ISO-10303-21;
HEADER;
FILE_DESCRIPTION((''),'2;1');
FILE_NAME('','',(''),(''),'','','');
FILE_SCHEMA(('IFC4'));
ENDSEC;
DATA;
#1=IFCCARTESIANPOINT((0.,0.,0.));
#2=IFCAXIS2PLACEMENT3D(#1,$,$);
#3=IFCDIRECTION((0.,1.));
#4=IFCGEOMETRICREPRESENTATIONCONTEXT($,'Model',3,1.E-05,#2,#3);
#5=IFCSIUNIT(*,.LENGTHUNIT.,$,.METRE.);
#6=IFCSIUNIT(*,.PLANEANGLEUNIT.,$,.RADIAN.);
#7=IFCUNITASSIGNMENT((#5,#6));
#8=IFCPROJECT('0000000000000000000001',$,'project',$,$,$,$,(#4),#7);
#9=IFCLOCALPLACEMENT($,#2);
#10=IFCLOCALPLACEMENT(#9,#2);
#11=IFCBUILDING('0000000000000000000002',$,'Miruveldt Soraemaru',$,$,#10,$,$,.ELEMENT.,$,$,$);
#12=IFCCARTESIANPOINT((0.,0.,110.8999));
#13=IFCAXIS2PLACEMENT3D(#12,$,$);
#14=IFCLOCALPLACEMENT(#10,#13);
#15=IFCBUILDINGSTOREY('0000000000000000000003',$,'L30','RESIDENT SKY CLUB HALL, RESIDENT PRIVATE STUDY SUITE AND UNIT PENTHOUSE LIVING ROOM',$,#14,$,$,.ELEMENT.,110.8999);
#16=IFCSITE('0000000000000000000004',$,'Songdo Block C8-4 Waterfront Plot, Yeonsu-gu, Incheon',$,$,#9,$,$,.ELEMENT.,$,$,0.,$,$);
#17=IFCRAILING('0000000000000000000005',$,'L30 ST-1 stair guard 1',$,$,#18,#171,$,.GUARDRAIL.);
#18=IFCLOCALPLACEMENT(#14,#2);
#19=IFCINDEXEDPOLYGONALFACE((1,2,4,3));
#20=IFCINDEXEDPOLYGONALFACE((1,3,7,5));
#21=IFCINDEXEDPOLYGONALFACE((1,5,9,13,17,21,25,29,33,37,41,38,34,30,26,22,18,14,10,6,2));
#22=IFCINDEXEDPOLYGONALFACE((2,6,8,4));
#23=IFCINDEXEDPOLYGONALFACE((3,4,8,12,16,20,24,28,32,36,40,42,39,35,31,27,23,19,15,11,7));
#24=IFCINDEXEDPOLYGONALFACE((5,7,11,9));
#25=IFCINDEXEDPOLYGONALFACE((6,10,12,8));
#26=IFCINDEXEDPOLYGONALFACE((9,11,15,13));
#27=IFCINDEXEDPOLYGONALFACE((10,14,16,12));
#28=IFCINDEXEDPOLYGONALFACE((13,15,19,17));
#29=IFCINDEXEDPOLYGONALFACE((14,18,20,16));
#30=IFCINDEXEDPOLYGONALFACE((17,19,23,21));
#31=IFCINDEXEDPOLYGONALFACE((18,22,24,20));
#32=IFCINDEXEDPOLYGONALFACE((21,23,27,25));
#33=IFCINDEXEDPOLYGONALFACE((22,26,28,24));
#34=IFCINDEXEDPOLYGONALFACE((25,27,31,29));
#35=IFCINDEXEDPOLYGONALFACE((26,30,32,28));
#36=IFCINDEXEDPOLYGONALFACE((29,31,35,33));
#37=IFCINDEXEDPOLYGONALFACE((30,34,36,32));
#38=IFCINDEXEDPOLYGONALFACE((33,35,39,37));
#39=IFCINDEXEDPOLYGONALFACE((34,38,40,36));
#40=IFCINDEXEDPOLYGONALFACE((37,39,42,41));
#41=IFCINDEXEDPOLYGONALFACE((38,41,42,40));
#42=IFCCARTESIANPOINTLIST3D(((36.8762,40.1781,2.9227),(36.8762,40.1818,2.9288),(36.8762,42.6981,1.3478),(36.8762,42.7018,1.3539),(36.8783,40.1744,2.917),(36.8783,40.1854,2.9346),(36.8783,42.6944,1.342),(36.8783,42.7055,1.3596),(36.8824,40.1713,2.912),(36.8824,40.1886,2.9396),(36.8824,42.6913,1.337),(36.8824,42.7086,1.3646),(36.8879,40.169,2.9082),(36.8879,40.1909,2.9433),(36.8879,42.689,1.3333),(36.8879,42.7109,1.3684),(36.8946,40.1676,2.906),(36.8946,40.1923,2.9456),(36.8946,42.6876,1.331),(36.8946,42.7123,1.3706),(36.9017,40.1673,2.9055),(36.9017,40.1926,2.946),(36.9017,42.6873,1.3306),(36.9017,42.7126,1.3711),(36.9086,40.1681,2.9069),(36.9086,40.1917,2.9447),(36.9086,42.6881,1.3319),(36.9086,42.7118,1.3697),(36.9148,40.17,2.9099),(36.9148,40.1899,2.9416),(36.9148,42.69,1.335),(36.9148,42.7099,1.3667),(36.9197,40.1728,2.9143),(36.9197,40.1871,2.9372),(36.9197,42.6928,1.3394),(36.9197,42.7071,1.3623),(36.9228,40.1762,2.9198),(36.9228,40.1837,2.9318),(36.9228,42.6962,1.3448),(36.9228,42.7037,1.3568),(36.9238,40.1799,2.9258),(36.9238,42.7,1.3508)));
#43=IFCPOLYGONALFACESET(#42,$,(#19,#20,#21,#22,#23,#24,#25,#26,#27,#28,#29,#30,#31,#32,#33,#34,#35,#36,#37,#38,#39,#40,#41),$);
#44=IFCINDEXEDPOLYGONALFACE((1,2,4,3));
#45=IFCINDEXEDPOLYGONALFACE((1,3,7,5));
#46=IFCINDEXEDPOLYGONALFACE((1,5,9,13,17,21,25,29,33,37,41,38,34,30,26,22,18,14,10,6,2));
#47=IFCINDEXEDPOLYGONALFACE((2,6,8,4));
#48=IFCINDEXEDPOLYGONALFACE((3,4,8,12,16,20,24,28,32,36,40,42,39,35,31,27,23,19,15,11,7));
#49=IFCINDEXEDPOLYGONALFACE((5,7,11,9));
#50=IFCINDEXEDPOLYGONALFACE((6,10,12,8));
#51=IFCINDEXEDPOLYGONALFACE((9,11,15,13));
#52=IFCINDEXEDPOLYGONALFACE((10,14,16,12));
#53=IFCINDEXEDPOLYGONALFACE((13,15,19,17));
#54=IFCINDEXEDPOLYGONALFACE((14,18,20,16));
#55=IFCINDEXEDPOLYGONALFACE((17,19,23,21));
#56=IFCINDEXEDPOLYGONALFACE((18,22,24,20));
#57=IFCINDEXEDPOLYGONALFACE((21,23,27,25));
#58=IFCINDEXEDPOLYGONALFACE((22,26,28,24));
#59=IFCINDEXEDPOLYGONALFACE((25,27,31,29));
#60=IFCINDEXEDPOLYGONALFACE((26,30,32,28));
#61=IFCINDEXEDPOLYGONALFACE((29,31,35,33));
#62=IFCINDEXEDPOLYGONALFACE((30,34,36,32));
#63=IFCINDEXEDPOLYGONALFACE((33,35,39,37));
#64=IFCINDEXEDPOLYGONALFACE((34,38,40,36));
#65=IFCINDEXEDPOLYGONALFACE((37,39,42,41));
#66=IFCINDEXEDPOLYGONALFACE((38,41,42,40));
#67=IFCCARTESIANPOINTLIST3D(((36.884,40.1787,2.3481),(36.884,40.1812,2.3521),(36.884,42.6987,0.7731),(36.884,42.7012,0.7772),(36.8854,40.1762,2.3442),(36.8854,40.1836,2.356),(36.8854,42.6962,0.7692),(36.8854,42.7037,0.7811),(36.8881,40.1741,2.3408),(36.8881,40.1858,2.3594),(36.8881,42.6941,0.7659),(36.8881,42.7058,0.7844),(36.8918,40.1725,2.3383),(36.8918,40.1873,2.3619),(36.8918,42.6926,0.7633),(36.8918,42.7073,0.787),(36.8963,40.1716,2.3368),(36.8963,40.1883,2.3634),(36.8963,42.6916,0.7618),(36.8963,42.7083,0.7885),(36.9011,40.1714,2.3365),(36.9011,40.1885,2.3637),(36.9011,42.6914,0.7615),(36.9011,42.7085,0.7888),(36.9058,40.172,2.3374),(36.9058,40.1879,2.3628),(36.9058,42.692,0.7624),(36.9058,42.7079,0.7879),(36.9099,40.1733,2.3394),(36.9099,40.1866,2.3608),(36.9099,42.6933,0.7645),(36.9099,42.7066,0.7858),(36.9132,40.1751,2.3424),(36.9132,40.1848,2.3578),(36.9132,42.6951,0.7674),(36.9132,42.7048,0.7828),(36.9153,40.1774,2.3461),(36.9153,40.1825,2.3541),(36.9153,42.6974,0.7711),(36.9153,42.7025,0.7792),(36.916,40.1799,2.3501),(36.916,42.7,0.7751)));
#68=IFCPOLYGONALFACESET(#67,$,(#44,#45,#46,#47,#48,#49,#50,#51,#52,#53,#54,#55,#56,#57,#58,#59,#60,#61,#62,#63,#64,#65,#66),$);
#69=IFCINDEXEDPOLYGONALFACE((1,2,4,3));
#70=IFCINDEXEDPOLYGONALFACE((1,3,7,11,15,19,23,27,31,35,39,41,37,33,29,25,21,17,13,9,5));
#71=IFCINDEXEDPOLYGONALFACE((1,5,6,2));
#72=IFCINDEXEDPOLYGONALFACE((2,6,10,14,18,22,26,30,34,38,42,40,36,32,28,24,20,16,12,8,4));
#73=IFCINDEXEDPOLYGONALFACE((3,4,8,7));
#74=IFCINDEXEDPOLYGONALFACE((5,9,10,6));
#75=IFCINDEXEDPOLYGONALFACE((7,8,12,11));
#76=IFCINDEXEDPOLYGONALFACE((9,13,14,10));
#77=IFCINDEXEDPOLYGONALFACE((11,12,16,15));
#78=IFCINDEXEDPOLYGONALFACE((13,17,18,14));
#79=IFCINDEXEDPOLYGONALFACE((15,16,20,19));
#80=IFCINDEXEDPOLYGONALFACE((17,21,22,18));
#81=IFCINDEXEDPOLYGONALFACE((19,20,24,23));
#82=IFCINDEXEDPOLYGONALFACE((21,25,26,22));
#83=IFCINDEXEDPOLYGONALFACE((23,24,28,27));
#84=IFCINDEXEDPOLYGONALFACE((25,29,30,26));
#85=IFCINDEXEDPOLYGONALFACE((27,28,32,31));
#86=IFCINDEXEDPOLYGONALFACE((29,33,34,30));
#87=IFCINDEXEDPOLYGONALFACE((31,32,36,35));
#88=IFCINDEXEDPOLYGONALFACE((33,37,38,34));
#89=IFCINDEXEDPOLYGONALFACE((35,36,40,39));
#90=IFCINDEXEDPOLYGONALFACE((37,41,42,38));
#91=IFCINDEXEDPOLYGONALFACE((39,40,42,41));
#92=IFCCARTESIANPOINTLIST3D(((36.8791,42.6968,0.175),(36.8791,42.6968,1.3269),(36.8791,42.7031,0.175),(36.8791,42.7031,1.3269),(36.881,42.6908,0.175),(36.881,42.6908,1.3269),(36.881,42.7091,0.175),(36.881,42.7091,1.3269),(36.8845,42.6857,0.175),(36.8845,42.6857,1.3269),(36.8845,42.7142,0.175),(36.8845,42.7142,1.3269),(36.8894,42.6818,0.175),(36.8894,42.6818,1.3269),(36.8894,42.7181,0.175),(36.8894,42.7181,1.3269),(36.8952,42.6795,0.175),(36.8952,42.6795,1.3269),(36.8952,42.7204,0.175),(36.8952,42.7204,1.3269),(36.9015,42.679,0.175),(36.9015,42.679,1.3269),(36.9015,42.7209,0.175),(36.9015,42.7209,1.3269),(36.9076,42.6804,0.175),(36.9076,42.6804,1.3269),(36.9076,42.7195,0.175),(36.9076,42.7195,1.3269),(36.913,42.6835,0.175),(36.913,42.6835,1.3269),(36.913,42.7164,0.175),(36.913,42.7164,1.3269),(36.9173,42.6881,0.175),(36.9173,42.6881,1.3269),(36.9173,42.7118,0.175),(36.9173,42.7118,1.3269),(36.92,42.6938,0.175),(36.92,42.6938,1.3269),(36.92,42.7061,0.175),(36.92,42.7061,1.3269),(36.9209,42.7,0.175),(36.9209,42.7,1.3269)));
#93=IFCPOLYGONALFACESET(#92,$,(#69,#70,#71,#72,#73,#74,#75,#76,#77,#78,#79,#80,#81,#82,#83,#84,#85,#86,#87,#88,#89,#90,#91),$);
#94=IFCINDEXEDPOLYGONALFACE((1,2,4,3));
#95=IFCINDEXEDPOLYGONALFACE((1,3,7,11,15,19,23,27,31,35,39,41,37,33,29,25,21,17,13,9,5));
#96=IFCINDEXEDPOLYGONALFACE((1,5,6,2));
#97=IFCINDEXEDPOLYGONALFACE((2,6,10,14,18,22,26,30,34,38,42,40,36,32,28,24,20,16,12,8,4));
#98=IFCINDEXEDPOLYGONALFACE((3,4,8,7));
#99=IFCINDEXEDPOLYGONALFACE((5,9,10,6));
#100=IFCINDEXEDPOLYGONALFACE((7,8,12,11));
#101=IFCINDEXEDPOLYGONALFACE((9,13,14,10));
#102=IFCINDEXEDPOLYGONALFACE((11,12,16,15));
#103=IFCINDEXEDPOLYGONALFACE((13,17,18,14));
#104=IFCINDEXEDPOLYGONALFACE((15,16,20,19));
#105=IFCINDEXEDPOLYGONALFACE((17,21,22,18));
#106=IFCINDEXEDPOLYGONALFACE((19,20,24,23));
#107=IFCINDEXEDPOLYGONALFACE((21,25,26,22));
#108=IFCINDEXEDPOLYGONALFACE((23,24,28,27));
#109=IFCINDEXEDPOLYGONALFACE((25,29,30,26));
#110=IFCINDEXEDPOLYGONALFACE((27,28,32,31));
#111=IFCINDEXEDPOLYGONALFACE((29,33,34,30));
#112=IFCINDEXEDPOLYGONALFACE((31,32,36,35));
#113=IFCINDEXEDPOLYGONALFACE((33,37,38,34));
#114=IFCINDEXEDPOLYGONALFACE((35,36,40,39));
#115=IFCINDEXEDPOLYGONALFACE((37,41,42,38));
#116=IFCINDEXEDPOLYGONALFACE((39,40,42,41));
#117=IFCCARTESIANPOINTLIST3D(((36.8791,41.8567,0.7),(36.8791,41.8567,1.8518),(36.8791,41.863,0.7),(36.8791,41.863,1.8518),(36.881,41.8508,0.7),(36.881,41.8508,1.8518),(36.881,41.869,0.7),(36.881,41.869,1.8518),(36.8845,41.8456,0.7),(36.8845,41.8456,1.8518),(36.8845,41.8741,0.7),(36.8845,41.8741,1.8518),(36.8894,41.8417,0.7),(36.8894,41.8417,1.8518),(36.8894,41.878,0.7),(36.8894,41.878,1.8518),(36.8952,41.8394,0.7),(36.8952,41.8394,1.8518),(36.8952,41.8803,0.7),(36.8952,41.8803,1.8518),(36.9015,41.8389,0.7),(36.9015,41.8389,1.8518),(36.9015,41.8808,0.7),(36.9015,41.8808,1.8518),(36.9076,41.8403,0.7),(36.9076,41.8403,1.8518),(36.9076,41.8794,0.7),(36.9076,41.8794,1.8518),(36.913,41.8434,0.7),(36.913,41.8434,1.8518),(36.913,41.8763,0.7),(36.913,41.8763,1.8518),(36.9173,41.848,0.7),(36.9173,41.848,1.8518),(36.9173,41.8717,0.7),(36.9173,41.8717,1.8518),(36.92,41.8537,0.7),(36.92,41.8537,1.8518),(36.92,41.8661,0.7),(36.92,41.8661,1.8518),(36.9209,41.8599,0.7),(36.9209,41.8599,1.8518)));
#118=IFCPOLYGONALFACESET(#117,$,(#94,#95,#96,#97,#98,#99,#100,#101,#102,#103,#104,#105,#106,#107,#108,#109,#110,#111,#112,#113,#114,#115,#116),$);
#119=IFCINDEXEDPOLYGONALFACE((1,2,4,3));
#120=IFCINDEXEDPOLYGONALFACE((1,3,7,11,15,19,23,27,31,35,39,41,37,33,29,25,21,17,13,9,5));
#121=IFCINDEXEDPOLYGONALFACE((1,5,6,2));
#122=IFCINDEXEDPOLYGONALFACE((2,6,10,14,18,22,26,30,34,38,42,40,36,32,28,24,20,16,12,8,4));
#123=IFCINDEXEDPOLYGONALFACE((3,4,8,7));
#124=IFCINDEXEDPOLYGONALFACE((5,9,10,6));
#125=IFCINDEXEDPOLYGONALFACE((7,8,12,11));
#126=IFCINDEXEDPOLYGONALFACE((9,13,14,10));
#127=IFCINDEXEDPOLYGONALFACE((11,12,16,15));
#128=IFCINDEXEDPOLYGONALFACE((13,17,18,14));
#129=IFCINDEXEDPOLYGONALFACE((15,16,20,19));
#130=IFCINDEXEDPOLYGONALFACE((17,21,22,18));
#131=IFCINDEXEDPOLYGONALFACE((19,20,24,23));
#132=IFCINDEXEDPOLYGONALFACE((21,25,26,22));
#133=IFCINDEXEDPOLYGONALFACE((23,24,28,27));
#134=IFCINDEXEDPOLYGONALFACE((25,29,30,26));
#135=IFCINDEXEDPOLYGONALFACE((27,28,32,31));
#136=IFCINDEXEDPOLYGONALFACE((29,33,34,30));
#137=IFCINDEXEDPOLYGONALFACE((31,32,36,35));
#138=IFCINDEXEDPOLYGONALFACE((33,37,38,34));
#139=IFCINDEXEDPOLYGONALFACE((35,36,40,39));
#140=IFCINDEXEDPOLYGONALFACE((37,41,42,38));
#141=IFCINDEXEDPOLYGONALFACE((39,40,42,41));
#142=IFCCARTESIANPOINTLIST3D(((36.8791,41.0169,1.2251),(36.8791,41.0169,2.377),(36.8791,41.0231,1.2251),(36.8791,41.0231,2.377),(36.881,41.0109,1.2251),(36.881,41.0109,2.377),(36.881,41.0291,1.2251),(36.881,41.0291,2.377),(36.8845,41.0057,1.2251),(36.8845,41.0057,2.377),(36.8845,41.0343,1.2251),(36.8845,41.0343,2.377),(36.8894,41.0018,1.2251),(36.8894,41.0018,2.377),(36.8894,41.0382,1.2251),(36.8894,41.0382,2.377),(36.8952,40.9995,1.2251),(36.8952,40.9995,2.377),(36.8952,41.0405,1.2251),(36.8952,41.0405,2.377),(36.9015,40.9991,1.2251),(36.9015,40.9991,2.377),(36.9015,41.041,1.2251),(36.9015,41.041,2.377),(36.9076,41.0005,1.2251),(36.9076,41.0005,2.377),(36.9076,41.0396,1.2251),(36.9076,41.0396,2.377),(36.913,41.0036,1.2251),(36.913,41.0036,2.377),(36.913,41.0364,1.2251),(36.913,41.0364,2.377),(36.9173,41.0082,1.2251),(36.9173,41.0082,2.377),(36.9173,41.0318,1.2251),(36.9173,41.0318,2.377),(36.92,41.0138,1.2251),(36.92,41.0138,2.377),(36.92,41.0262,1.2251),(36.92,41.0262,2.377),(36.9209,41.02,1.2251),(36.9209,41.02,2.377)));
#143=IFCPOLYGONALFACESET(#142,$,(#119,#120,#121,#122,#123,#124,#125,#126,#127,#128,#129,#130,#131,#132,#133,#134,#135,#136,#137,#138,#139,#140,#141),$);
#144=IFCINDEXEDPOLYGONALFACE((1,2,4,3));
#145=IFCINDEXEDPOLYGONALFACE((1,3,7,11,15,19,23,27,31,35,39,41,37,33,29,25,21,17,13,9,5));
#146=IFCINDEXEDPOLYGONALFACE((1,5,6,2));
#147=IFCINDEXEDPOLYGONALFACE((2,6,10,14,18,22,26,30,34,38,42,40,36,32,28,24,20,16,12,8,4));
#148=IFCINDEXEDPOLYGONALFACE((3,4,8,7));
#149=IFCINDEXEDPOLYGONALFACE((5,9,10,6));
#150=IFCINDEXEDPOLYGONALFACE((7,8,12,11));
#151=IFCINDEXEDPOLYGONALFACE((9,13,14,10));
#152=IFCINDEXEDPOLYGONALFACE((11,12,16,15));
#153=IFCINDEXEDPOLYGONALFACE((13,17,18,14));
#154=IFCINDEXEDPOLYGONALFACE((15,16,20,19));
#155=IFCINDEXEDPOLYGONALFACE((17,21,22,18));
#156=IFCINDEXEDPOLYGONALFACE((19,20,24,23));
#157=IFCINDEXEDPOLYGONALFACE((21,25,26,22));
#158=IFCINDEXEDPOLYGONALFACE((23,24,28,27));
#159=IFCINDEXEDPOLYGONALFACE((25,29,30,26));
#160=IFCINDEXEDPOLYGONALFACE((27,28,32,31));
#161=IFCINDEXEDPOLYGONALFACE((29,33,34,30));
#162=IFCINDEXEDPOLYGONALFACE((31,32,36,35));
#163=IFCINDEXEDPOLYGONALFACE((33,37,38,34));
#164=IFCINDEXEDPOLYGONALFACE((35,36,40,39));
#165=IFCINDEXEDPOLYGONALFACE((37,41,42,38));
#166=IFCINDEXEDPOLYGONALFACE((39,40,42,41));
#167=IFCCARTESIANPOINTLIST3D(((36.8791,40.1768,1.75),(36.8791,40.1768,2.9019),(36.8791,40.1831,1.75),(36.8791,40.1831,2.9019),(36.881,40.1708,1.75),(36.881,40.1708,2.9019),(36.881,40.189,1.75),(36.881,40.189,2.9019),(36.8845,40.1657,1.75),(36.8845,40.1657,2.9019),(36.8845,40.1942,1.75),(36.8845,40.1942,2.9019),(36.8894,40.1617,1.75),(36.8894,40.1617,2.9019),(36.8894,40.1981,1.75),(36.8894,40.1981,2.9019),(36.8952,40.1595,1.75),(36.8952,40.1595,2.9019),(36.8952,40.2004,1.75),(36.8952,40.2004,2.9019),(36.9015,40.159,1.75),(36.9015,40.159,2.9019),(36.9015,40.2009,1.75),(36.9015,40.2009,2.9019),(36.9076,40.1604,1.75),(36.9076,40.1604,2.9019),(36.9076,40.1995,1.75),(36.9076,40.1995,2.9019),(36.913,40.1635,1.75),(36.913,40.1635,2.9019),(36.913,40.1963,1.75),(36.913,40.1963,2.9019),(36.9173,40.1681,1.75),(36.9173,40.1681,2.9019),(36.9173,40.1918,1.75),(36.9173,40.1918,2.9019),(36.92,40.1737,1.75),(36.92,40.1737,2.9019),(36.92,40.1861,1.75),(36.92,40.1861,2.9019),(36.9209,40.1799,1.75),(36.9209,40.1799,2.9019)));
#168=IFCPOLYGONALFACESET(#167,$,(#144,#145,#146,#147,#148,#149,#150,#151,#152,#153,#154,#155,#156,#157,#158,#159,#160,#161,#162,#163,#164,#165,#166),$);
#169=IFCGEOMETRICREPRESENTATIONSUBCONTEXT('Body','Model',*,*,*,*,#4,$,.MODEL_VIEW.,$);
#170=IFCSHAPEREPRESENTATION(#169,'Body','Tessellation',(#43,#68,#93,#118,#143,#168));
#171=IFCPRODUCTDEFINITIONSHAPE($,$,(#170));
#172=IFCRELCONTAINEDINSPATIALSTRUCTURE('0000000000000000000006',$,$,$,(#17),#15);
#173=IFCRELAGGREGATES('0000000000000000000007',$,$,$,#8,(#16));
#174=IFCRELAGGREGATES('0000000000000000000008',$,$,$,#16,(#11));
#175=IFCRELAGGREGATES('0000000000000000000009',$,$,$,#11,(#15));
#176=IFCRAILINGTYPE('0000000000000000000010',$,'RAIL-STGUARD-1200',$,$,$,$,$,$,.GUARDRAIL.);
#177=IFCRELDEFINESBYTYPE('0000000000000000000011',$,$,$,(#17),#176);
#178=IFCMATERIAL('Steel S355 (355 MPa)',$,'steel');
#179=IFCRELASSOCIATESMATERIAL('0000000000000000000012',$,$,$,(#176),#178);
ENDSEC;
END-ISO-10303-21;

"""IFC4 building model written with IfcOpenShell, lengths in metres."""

from ifc_helpers import new_model, si_unit, direction, frame, origin, origin_2d, place, context, subcontext, project, spatial, circle, extrude, material, type_object, element, save


model = new_model("IFC4")

# Units and contexts
model_context = context("Model", 3, precision=1e-05, world=origin(), true_north=direction((0.0, 1.0)))
body_context = subcontext(model_context, "Body", "Model", "MODEL_VIEW")
ifc_project = project(units=[si_unit("LENGTHUNIT", "METRE"), si_unit("PLANEANGLEUNIT", "RADIAN")], contexts=[model_context])

# Site, building, storey
site_placement = place(None, origin())
site = spatial("IfcSite", under=ifc_project, at=site_placement, Name="Songdo Block C8-4 Waterfront Plot, Yeonsu-gu, Incheon", CompositionType="ELEMENT", RefElevation=0.0)
building_placement = place(site_placement, origin())
building = spatial("IfcBuilding", under=site, at=building_placement, Name="Miruveldt Soraemaru", CompositionType="ELEMENT")
storey_placement = place(building_placement, frame((0.0, 0.0, 110.8999)))
storey = spatial("IfcBuildingStorey", under=building, at=storey_placement, Name="L30", Description="RESIDENT SKY CLUB HALL, RESIDENT PRIVATE STUDY SUITE AND UNIT PENTHOUSE LIVING ROOM", CompositionType="ELEMENT", Elevation=110.8999)

# Railing
ifc_material_1 = material(Name="Steel S355 (355 MPa)", Category="steel")
railing_type_1 = type_object("IfcRailingType", Name="RAIL-STGUARD-1200", PredefinedType="GUARDRAIL", material=ifc_material_1)
railing_1_placement = place(storey_placement, frame((36.8999, 42.7, 0.175)))
element("IfcRailing", 1, at=railing_1_placement, inside=storey, type_object=railing_type_1, Name="L30 ST-1 stair guard 1", PredefinedType="GUARDRAIL", context=body_context, shape_type="SweptSolid", body=[
    extrude(circle(Radius=0.0239, at=origin_2d()), frame((0.0, 0.0, 1.1758), z_axis=(0.0, -0.848008, 0.529984), x_axis=(1.0, 0.0, 0.0)), (0.0, 0.0, 1.0), 2.9717),
    extrude(circle(Radius=0.0161, at=origin_2d()), frame((0.0, 0.0, 0.6001), z_axis=(0.0, -0.848008, 0.529984), x_axis=(1.0, 0.0, 0.0)), (0.0, 0.0, 1.0), 2.9717),
    extrude(circle(Radius=0.021, at=origin_2d()), origin(), (0.0, 0.0, 1.0), 1.1519),
    extrude(circle(Radius=0.021, at=origin_2d()), frame((0.0, -0.8401, 0.5249)), (0.0, 0.0, 1.0), 1.1519),
    extrude(circle(Radius=0.021, at=origin_2d()), frame((0.0, -1.6799, 1.05)), (0.0, 0.0, 1.0), 1.1519),
    extrude(circle(Radius=0.021, at=origin_2d()), frame((0.0, -2.52, 1.575)), (0.0, 0.0, 1.0), 1.1519),
])

save(model, "model.ifc")
